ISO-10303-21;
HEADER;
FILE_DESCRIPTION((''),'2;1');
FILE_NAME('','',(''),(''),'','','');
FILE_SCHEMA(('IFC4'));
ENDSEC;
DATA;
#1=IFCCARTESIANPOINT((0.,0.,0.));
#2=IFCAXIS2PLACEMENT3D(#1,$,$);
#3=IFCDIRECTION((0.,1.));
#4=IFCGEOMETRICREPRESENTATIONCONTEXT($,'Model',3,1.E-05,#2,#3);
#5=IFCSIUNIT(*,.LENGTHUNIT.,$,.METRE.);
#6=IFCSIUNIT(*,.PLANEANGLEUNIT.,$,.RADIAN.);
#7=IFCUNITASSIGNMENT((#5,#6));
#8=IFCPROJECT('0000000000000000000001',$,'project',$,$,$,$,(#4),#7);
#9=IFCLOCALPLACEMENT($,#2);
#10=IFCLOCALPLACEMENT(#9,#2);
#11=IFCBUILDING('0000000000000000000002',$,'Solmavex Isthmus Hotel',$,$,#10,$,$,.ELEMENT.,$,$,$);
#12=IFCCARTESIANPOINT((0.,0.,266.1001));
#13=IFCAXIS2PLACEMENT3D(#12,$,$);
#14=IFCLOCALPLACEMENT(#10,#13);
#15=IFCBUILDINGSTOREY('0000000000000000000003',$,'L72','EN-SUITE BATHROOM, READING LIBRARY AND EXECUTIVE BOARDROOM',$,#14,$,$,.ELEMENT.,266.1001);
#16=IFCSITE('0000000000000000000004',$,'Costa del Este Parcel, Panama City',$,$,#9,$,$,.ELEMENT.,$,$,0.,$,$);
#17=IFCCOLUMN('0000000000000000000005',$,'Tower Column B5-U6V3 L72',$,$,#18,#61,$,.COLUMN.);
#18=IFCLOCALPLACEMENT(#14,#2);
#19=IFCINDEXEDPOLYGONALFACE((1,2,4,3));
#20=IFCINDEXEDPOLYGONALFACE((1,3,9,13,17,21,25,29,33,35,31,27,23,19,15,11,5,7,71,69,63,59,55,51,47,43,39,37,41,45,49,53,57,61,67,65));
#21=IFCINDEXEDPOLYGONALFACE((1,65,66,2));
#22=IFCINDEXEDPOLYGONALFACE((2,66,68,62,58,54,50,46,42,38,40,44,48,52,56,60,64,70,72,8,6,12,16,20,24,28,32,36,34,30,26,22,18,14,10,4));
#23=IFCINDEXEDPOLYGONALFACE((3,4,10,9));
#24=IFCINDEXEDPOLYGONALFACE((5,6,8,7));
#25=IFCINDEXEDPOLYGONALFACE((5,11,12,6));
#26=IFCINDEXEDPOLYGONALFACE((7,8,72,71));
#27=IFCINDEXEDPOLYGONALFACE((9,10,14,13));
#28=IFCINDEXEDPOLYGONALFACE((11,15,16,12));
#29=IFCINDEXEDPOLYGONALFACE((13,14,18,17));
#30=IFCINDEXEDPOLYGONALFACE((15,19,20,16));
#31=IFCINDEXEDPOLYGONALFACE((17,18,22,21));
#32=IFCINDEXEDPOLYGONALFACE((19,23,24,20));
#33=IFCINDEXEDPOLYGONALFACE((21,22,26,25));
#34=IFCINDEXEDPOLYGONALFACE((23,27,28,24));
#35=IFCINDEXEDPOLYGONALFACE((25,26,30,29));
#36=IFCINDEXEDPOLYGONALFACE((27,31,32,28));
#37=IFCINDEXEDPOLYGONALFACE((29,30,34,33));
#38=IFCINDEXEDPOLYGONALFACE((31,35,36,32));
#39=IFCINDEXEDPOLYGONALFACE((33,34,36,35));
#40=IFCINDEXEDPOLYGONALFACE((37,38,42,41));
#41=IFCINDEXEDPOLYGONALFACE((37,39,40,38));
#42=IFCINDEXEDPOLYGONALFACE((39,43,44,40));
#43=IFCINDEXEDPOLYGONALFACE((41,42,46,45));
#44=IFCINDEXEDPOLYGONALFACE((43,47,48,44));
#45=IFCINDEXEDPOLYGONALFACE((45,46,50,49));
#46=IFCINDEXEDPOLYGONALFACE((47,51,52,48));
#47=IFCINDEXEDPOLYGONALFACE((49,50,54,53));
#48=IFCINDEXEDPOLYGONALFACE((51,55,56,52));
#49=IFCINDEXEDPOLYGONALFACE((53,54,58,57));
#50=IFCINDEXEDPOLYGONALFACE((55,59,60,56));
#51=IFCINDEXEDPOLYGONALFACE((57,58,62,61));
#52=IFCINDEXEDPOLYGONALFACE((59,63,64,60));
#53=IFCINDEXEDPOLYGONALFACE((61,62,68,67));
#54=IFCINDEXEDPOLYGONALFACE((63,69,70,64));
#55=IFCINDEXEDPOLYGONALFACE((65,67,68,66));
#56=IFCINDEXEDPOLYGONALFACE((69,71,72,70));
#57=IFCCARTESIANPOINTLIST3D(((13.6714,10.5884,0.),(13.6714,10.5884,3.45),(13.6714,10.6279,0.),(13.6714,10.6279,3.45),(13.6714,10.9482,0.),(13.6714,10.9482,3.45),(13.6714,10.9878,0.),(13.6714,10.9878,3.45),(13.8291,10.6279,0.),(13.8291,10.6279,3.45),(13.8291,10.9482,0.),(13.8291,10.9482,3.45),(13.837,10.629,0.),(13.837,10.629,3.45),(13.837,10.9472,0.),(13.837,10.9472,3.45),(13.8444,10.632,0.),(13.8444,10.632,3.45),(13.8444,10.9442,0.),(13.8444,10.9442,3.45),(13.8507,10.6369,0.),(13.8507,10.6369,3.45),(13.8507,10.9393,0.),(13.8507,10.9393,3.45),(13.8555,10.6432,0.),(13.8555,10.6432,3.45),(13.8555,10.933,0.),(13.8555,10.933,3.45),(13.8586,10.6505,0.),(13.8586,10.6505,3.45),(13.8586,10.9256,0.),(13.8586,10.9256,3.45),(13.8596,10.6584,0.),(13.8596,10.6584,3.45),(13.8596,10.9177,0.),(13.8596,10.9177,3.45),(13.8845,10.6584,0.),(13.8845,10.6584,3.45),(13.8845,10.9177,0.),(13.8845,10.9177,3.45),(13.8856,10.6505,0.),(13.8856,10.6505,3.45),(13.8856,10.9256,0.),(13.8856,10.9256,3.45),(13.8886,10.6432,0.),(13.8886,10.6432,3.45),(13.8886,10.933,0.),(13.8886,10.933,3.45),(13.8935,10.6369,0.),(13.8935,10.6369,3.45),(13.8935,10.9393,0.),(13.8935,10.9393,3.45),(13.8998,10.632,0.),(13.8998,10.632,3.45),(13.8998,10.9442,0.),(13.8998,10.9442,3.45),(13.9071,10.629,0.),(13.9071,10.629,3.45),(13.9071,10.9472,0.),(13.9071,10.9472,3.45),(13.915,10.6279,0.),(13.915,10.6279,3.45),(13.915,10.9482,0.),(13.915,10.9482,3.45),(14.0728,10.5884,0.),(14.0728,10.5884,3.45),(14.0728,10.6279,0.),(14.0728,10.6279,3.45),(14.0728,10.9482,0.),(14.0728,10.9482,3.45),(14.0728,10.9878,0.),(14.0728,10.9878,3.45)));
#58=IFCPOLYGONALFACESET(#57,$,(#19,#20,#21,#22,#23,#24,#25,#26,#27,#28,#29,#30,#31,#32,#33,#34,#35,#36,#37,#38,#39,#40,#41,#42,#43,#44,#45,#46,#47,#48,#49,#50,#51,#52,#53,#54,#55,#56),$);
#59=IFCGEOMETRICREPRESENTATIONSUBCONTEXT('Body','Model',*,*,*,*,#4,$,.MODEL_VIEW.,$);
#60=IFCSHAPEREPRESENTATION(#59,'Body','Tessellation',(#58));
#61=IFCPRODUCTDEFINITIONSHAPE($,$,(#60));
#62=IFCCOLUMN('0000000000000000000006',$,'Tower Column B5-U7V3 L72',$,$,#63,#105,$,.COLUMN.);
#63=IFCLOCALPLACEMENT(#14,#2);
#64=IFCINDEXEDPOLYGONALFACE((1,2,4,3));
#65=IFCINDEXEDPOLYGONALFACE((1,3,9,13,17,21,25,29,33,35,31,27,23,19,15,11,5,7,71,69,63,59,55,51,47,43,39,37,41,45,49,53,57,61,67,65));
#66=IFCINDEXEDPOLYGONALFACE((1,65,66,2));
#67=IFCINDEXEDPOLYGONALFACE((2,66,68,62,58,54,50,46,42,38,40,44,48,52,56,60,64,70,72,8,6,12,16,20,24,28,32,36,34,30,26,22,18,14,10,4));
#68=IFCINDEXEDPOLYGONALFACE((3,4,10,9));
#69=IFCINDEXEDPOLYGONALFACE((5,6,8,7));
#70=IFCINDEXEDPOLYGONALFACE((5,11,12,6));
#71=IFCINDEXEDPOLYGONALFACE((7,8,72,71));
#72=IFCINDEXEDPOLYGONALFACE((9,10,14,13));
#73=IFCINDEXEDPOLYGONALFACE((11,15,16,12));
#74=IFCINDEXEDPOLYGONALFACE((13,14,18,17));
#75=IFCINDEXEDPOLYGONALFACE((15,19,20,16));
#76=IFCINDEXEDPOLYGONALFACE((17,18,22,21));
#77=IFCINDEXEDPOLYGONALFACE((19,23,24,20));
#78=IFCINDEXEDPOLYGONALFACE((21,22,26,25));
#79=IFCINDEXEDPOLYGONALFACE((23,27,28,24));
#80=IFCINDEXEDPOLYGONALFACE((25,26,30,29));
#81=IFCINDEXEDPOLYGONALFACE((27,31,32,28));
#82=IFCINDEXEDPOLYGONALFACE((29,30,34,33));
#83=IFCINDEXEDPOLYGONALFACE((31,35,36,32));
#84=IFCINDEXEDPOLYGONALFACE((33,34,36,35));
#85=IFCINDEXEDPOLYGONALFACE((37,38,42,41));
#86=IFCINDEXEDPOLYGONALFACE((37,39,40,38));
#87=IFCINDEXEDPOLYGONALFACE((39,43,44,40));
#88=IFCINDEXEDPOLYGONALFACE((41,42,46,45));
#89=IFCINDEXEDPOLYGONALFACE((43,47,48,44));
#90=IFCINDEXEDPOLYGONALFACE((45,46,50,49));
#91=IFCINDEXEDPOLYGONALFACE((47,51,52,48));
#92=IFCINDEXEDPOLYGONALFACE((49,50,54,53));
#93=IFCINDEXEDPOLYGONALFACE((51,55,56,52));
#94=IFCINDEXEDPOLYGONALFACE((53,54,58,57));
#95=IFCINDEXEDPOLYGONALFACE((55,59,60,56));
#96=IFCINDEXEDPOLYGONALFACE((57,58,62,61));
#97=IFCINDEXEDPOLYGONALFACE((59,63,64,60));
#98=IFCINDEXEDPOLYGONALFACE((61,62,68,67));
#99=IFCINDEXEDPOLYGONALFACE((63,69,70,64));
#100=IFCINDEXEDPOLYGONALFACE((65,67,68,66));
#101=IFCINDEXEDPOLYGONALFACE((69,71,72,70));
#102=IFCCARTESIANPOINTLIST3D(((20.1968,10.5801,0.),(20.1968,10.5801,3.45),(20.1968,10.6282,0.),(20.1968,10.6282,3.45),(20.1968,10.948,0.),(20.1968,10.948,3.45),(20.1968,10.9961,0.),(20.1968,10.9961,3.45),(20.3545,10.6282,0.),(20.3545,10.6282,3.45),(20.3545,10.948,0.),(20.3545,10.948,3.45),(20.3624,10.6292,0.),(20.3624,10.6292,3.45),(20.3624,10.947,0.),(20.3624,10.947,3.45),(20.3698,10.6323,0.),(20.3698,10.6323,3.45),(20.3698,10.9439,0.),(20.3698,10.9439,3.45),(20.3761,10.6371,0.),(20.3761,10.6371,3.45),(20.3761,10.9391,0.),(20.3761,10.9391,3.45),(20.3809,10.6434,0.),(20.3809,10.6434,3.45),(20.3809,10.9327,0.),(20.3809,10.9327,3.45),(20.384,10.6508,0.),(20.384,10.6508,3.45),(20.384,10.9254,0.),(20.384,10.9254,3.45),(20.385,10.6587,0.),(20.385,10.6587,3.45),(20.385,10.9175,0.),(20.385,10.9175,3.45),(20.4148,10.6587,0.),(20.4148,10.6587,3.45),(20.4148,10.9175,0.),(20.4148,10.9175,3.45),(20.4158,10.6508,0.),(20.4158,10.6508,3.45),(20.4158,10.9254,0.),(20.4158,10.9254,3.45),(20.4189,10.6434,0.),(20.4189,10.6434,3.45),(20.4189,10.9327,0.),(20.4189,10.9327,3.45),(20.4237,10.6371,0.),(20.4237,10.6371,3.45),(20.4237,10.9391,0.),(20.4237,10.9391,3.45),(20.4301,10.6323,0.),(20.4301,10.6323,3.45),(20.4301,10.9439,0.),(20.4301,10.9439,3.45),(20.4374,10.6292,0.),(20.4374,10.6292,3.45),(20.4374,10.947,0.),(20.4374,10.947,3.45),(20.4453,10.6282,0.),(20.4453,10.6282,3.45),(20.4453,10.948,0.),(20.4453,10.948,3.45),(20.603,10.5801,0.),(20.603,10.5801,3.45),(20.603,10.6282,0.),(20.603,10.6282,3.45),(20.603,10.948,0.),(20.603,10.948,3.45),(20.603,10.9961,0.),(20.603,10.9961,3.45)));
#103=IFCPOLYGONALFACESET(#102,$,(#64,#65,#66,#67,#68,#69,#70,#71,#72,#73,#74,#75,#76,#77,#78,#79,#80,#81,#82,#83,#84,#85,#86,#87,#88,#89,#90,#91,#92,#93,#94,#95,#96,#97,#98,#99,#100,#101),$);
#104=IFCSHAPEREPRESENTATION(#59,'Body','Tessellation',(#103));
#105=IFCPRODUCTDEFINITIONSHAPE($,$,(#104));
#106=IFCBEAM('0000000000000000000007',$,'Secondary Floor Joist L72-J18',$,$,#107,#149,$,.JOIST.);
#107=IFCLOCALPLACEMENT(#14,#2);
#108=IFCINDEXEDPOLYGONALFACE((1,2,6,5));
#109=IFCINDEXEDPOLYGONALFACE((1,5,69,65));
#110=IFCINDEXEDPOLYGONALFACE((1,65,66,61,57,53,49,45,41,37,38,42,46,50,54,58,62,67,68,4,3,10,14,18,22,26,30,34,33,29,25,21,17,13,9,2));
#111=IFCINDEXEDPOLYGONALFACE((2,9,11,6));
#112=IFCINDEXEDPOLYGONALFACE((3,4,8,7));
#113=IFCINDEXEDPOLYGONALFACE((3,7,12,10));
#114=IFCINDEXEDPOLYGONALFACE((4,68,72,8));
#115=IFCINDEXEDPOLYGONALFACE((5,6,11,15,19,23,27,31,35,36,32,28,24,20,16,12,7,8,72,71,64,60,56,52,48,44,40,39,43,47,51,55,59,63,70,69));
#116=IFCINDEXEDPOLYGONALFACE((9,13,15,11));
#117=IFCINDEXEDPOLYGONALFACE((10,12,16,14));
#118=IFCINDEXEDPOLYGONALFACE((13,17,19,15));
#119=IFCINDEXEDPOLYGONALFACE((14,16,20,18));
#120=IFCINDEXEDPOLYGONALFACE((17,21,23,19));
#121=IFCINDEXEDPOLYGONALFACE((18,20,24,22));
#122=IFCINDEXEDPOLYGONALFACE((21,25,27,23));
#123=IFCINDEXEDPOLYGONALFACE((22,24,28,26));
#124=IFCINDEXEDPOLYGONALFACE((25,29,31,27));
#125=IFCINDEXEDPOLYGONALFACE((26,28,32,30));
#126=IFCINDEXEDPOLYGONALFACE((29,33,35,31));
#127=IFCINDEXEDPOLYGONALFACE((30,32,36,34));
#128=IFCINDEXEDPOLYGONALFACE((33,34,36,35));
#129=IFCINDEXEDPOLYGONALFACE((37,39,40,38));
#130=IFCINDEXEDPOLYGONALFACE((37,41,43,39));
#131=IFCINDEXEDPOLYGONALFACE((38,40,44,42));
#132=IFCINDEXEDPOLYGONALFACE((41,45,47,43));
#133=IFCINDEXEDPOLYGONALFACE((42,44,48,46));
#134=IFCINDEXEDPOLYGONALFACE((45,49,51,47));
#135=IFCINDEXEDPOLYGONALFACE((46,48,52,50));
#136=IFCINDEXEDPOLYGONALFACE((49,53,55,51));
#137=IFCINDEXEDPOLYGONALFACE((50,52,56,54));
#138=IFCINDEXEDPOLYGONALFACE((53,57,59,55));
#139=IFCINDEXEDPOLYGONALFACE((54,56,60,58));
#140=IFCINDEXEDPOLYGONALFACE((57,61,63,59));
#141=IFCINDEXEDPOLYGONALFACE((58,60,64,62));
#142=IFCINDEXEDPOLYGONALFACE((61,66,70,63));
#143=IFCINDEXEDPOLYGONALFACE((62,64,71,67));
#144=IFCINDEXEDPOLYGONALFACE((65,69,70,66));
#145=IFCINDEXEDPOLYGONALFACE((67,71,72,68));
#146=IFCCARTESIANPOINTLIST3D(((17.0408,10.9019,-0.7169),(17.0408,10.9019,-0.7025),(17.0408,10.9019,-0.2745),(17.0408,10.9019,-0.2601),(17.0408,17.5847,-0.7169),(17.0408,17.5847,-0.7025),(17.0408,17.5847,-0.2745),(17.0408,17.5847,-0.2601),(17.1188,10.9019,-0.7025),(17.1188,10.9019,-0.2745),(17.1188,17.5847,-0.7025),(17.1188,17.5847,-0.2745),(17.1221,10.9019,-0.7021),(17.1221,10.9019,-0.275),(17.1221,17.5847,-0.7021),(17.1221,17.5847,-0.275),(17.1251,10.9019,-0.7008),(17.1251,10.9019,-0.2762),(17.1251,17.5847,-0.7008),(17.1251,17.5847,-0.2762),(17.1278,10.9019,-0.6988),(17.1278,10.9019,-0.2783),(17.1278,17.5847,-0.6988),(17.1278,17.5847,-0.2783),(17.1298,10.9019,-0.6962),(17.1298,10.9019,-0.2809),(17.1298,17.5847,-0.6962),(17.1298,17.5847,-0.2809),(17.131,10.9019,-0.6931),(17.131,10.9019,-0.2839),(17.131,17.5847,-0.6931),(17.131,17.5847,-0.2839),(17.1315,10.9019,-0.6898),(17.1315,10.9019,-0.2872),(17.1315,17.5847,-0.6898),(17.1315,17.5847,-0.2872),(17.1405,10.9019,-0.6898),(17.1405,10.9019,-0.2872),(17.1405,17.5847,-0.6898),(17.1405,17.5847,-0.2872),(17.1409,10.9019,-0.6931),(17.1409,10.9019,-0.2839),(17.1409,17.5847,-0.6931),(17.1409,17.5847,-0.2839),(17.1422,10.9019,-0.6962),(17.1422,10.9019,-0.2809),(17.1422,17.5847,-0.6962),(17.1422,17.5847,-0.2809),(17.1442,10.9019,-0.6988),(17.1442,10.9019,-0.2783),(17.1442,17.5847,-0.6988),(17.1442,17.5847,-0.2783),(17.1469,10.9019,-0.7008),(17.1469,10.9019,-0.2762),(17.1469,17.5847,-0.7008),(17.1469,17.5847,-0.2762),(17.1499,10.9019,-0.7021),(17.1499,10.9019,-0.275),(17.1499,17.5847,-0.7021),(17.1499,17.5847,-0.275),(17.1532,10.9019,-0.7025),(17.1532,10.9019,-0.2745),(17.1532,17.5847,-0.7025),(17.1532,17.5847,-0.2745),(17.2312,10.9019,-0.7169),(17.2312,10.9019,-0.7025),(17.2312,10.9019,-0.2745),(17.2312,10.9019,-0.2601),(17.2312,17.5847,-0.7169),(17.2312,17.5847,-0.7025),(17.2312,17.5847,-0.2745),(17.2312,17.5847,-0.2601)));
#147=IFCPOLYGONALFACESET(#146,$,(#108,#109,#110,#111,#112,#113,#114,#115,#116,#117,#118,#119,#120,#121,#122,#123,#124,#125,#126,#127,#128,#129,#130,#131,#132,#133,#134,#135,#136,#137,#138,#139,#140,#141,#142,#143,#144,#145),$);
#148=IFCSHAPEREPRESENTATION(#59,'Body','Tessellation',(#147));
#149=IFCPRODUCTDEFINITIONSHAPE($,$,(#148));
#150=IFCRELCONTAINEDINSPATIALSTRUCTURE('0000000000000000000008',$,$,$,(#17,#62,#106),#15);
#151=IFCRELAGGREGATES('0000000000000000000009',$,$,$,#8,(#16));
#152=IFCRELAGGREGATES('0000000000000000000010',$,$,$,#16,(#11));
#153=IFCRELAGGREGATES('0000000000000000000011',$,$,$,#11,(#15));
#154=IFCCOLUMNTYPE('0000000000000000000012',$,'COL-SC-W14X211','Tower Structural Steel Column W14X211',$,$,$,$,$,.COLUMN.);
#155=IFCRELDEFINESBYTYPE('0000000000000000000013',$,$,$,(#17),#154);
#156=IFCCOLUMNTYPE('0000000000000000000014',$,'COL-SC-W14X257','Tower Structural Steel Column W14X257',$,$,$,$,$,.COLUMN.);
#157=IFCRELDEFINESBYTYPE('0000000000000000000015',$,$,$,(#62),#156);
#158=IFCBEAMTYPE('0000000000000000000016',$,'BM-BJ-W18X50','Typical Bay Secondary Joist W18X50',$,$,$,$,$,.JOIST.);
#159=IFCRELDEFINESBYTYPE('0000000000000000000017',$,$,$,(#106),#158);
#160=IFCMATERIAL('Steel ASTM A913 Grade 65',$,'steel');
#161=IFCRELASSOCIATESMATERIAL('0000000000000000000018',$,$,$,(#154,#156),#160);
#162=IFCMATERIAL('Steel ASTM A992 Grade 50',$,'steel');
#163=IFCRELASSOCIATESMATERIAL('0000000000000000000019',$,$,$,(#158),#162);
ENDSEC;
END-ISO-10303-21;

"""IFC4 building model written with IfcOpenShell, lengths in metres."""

from ifc_helpers import new_model, si_unit, direction, frame, origin, origin_2d, place, context, subcontext, project, spatial, i_section, extrude, material, material_profile, profile_set, type_object, element, save


model = new_model("IFC4")

# Units and contexts
model_context = context("Model", 3, precision=1e-05, world=origin(), true_north=direction((0.0, 1.0)))
body_context = subcontext(model_context, "Body", "Model", "MODEL_VIEW")
ifc_project = project(units=[si_unit("LENGTHUNIT", "METRE"), si_unit("PLANEANGLEUNIT", "RADIAN")], contexts=[model_context])

# Site, building, storey
site_placement = place(None, origin())
site = spatial("IfcSite", under=ifc_project, at=site_placement, Name="Costa del Este Parcel, Panama City", CompositionType="ELEMENT", RefElevation=0.0)
building_placement = place(site_placement, origin())
building = spatial("IfcBuilding", under=site, at=building_placement, Name="Solmavex Isthmus Hotel", CompositionType="ELEMENT")
storey_placement = place(building_placement, frame((0.0, 0.0, 266.1001)))
storey = spatial("IfcBuildingStorey", under=building, at=storey_placement, Name="L72", Description="EN-SUITE BATHROOM, READING LIBRARY AND EXECUTIVE BOARDROOM", CompositionType="ELEMENT", Elevation=266.1001)

# Columns
ifc_material_1 = material(Name="Steel ASTM A913 Grade 65", Category="steel")
ifc_material_profile_1 = material_profile(ifc_material_1, i_section(OverallWidth=0.4014, OverallDepth=0.3994, WebThickness=0.0249, FlangeThickness=0.0396, FilletRadius=0.0305, at=origin_2d()), Name="W14X211")
ifc_profile_set_1 = profile_set([ifc_material_profile_1], Name="Steel ASTM A913 Grade 65")
column_type_1 = type_object("IfcColumnType", Name="COL-SC-W14X211", Description="Tower Structural Steel Column W14X211", PredefinedType="COLUMN", material=ifc_profile_set_1)
column_1_placement = place(storey_placement, frame((13.8721, 10.7881, 0.0), z_axis=(0.0, 0.0, 1.0), x_axis=(1.0, 0.0, 0.0)))
element("IfcColumn", 1, at=column_1_placement, inside=storey, type_object=column_type_1, Name="Tower Column B5-U6V3 L72", PredefinedType="COLUMN", context=body_context, shape_type="SweptSolid", body=[
    extrude(i_section(OverallWidth=0.4014, OverallDepth=0.3994, WebThickness=0.0249, FlangeThickness=0.0396, FilletRadius=0.0305, at=origin_2d()), origin(), (0.0, 0.0, 1.0), 3.45),
])
ifc_material_profile_2 = material_profile(ifc_material_1, i_section(OverallWidth=0.4062, OverallDepth=0.416, WebThickness=0.0298, FlangeThickness=0.0481, FilletRadius=0.0305, at=origin_2d()), Name="W14X257")
ifc_profile_set_2 = profile_set([ifc_material_profile_2], Name="Steel ASTM A913 Grade 65")
column_type_2 = type_object("IfcColumnType", Name="COL-SC-W14X257", Description="Tower Structural Steel Column W14X257", PredefinedType="COLUMN", material=ifc_profile_set_2)
column_2_placement = place(storey_placement, frame((20.3999, 10.7881, 0.0), z_axis=(0.0, 0.0, 1.0), x_axis=(1.0, 0.0, 0.0)))
element("IfcColumn", 2, at=column_2_placement, inside=storey, type_object=column_type_2, Name="Tower Column B5-U7V3 L72", PredefinedType="COLUMN", context=body_context, shape_type="SweptSolid", body=[
    extrude(i_section(OverallWidth=0.4062, OverallDepth=0.416, WebThickness=0.0298, FlangeThickness=0.0481, FilletRadius=0.0305, at=origin_2d()), origin(), (0.0, 0.0, 1.0), 3.45),
])

# Beam
ifc_material_2 = material(Name="Steel ASTM A992 Grade 50", Category="steel")
ifc_material_profile_3 = material_profile(ifc_material_2, i_section(OverallWidth=0.1904, OverallDepth=0.4568, WebThickness=0.009, FlangeThickness=0.0144, FilletRadius=0.0127, at=origin_2d()), Name="W18X50")
ifc_profile_set_3 = profile_set([ifc_material_profile_3], Name="Steel ASTM A992 Grade 50")
beam_type_1 = type_object("IfcBeamType", Name="BM-BJ-W18X50", Description="Typical Bay Secondary Joist W18X50", PredefinedType="JOIST", material=ifc_profile_set_3)
beam_1_placement = place(storey_placement, frame((17.136, 10.9019, -0.4885), z_axis=(0.0, 1.0, 0.0), x_axis=(-1.0, 0.0, 0.0)))
element("IfcBeam", 3, at=beam_1_placement, inside=storey, type_object=beam_type_1, Name="Secondary Floor Joist L72-J18", PredefinedType="JOIST", context=body_context, shape_type="SweptSolid", body=[
    extrude(i_section(OverallWidth=0.1904, OverallDepth=0.4568, WebThickness=0.009, FlangeThickness=0.0144, FilletRadius=0.0127, at=origin_2d()), origin(), (0.0, 0.0, 1.0), 6.6829),
])

save(model, "model.ifc")
